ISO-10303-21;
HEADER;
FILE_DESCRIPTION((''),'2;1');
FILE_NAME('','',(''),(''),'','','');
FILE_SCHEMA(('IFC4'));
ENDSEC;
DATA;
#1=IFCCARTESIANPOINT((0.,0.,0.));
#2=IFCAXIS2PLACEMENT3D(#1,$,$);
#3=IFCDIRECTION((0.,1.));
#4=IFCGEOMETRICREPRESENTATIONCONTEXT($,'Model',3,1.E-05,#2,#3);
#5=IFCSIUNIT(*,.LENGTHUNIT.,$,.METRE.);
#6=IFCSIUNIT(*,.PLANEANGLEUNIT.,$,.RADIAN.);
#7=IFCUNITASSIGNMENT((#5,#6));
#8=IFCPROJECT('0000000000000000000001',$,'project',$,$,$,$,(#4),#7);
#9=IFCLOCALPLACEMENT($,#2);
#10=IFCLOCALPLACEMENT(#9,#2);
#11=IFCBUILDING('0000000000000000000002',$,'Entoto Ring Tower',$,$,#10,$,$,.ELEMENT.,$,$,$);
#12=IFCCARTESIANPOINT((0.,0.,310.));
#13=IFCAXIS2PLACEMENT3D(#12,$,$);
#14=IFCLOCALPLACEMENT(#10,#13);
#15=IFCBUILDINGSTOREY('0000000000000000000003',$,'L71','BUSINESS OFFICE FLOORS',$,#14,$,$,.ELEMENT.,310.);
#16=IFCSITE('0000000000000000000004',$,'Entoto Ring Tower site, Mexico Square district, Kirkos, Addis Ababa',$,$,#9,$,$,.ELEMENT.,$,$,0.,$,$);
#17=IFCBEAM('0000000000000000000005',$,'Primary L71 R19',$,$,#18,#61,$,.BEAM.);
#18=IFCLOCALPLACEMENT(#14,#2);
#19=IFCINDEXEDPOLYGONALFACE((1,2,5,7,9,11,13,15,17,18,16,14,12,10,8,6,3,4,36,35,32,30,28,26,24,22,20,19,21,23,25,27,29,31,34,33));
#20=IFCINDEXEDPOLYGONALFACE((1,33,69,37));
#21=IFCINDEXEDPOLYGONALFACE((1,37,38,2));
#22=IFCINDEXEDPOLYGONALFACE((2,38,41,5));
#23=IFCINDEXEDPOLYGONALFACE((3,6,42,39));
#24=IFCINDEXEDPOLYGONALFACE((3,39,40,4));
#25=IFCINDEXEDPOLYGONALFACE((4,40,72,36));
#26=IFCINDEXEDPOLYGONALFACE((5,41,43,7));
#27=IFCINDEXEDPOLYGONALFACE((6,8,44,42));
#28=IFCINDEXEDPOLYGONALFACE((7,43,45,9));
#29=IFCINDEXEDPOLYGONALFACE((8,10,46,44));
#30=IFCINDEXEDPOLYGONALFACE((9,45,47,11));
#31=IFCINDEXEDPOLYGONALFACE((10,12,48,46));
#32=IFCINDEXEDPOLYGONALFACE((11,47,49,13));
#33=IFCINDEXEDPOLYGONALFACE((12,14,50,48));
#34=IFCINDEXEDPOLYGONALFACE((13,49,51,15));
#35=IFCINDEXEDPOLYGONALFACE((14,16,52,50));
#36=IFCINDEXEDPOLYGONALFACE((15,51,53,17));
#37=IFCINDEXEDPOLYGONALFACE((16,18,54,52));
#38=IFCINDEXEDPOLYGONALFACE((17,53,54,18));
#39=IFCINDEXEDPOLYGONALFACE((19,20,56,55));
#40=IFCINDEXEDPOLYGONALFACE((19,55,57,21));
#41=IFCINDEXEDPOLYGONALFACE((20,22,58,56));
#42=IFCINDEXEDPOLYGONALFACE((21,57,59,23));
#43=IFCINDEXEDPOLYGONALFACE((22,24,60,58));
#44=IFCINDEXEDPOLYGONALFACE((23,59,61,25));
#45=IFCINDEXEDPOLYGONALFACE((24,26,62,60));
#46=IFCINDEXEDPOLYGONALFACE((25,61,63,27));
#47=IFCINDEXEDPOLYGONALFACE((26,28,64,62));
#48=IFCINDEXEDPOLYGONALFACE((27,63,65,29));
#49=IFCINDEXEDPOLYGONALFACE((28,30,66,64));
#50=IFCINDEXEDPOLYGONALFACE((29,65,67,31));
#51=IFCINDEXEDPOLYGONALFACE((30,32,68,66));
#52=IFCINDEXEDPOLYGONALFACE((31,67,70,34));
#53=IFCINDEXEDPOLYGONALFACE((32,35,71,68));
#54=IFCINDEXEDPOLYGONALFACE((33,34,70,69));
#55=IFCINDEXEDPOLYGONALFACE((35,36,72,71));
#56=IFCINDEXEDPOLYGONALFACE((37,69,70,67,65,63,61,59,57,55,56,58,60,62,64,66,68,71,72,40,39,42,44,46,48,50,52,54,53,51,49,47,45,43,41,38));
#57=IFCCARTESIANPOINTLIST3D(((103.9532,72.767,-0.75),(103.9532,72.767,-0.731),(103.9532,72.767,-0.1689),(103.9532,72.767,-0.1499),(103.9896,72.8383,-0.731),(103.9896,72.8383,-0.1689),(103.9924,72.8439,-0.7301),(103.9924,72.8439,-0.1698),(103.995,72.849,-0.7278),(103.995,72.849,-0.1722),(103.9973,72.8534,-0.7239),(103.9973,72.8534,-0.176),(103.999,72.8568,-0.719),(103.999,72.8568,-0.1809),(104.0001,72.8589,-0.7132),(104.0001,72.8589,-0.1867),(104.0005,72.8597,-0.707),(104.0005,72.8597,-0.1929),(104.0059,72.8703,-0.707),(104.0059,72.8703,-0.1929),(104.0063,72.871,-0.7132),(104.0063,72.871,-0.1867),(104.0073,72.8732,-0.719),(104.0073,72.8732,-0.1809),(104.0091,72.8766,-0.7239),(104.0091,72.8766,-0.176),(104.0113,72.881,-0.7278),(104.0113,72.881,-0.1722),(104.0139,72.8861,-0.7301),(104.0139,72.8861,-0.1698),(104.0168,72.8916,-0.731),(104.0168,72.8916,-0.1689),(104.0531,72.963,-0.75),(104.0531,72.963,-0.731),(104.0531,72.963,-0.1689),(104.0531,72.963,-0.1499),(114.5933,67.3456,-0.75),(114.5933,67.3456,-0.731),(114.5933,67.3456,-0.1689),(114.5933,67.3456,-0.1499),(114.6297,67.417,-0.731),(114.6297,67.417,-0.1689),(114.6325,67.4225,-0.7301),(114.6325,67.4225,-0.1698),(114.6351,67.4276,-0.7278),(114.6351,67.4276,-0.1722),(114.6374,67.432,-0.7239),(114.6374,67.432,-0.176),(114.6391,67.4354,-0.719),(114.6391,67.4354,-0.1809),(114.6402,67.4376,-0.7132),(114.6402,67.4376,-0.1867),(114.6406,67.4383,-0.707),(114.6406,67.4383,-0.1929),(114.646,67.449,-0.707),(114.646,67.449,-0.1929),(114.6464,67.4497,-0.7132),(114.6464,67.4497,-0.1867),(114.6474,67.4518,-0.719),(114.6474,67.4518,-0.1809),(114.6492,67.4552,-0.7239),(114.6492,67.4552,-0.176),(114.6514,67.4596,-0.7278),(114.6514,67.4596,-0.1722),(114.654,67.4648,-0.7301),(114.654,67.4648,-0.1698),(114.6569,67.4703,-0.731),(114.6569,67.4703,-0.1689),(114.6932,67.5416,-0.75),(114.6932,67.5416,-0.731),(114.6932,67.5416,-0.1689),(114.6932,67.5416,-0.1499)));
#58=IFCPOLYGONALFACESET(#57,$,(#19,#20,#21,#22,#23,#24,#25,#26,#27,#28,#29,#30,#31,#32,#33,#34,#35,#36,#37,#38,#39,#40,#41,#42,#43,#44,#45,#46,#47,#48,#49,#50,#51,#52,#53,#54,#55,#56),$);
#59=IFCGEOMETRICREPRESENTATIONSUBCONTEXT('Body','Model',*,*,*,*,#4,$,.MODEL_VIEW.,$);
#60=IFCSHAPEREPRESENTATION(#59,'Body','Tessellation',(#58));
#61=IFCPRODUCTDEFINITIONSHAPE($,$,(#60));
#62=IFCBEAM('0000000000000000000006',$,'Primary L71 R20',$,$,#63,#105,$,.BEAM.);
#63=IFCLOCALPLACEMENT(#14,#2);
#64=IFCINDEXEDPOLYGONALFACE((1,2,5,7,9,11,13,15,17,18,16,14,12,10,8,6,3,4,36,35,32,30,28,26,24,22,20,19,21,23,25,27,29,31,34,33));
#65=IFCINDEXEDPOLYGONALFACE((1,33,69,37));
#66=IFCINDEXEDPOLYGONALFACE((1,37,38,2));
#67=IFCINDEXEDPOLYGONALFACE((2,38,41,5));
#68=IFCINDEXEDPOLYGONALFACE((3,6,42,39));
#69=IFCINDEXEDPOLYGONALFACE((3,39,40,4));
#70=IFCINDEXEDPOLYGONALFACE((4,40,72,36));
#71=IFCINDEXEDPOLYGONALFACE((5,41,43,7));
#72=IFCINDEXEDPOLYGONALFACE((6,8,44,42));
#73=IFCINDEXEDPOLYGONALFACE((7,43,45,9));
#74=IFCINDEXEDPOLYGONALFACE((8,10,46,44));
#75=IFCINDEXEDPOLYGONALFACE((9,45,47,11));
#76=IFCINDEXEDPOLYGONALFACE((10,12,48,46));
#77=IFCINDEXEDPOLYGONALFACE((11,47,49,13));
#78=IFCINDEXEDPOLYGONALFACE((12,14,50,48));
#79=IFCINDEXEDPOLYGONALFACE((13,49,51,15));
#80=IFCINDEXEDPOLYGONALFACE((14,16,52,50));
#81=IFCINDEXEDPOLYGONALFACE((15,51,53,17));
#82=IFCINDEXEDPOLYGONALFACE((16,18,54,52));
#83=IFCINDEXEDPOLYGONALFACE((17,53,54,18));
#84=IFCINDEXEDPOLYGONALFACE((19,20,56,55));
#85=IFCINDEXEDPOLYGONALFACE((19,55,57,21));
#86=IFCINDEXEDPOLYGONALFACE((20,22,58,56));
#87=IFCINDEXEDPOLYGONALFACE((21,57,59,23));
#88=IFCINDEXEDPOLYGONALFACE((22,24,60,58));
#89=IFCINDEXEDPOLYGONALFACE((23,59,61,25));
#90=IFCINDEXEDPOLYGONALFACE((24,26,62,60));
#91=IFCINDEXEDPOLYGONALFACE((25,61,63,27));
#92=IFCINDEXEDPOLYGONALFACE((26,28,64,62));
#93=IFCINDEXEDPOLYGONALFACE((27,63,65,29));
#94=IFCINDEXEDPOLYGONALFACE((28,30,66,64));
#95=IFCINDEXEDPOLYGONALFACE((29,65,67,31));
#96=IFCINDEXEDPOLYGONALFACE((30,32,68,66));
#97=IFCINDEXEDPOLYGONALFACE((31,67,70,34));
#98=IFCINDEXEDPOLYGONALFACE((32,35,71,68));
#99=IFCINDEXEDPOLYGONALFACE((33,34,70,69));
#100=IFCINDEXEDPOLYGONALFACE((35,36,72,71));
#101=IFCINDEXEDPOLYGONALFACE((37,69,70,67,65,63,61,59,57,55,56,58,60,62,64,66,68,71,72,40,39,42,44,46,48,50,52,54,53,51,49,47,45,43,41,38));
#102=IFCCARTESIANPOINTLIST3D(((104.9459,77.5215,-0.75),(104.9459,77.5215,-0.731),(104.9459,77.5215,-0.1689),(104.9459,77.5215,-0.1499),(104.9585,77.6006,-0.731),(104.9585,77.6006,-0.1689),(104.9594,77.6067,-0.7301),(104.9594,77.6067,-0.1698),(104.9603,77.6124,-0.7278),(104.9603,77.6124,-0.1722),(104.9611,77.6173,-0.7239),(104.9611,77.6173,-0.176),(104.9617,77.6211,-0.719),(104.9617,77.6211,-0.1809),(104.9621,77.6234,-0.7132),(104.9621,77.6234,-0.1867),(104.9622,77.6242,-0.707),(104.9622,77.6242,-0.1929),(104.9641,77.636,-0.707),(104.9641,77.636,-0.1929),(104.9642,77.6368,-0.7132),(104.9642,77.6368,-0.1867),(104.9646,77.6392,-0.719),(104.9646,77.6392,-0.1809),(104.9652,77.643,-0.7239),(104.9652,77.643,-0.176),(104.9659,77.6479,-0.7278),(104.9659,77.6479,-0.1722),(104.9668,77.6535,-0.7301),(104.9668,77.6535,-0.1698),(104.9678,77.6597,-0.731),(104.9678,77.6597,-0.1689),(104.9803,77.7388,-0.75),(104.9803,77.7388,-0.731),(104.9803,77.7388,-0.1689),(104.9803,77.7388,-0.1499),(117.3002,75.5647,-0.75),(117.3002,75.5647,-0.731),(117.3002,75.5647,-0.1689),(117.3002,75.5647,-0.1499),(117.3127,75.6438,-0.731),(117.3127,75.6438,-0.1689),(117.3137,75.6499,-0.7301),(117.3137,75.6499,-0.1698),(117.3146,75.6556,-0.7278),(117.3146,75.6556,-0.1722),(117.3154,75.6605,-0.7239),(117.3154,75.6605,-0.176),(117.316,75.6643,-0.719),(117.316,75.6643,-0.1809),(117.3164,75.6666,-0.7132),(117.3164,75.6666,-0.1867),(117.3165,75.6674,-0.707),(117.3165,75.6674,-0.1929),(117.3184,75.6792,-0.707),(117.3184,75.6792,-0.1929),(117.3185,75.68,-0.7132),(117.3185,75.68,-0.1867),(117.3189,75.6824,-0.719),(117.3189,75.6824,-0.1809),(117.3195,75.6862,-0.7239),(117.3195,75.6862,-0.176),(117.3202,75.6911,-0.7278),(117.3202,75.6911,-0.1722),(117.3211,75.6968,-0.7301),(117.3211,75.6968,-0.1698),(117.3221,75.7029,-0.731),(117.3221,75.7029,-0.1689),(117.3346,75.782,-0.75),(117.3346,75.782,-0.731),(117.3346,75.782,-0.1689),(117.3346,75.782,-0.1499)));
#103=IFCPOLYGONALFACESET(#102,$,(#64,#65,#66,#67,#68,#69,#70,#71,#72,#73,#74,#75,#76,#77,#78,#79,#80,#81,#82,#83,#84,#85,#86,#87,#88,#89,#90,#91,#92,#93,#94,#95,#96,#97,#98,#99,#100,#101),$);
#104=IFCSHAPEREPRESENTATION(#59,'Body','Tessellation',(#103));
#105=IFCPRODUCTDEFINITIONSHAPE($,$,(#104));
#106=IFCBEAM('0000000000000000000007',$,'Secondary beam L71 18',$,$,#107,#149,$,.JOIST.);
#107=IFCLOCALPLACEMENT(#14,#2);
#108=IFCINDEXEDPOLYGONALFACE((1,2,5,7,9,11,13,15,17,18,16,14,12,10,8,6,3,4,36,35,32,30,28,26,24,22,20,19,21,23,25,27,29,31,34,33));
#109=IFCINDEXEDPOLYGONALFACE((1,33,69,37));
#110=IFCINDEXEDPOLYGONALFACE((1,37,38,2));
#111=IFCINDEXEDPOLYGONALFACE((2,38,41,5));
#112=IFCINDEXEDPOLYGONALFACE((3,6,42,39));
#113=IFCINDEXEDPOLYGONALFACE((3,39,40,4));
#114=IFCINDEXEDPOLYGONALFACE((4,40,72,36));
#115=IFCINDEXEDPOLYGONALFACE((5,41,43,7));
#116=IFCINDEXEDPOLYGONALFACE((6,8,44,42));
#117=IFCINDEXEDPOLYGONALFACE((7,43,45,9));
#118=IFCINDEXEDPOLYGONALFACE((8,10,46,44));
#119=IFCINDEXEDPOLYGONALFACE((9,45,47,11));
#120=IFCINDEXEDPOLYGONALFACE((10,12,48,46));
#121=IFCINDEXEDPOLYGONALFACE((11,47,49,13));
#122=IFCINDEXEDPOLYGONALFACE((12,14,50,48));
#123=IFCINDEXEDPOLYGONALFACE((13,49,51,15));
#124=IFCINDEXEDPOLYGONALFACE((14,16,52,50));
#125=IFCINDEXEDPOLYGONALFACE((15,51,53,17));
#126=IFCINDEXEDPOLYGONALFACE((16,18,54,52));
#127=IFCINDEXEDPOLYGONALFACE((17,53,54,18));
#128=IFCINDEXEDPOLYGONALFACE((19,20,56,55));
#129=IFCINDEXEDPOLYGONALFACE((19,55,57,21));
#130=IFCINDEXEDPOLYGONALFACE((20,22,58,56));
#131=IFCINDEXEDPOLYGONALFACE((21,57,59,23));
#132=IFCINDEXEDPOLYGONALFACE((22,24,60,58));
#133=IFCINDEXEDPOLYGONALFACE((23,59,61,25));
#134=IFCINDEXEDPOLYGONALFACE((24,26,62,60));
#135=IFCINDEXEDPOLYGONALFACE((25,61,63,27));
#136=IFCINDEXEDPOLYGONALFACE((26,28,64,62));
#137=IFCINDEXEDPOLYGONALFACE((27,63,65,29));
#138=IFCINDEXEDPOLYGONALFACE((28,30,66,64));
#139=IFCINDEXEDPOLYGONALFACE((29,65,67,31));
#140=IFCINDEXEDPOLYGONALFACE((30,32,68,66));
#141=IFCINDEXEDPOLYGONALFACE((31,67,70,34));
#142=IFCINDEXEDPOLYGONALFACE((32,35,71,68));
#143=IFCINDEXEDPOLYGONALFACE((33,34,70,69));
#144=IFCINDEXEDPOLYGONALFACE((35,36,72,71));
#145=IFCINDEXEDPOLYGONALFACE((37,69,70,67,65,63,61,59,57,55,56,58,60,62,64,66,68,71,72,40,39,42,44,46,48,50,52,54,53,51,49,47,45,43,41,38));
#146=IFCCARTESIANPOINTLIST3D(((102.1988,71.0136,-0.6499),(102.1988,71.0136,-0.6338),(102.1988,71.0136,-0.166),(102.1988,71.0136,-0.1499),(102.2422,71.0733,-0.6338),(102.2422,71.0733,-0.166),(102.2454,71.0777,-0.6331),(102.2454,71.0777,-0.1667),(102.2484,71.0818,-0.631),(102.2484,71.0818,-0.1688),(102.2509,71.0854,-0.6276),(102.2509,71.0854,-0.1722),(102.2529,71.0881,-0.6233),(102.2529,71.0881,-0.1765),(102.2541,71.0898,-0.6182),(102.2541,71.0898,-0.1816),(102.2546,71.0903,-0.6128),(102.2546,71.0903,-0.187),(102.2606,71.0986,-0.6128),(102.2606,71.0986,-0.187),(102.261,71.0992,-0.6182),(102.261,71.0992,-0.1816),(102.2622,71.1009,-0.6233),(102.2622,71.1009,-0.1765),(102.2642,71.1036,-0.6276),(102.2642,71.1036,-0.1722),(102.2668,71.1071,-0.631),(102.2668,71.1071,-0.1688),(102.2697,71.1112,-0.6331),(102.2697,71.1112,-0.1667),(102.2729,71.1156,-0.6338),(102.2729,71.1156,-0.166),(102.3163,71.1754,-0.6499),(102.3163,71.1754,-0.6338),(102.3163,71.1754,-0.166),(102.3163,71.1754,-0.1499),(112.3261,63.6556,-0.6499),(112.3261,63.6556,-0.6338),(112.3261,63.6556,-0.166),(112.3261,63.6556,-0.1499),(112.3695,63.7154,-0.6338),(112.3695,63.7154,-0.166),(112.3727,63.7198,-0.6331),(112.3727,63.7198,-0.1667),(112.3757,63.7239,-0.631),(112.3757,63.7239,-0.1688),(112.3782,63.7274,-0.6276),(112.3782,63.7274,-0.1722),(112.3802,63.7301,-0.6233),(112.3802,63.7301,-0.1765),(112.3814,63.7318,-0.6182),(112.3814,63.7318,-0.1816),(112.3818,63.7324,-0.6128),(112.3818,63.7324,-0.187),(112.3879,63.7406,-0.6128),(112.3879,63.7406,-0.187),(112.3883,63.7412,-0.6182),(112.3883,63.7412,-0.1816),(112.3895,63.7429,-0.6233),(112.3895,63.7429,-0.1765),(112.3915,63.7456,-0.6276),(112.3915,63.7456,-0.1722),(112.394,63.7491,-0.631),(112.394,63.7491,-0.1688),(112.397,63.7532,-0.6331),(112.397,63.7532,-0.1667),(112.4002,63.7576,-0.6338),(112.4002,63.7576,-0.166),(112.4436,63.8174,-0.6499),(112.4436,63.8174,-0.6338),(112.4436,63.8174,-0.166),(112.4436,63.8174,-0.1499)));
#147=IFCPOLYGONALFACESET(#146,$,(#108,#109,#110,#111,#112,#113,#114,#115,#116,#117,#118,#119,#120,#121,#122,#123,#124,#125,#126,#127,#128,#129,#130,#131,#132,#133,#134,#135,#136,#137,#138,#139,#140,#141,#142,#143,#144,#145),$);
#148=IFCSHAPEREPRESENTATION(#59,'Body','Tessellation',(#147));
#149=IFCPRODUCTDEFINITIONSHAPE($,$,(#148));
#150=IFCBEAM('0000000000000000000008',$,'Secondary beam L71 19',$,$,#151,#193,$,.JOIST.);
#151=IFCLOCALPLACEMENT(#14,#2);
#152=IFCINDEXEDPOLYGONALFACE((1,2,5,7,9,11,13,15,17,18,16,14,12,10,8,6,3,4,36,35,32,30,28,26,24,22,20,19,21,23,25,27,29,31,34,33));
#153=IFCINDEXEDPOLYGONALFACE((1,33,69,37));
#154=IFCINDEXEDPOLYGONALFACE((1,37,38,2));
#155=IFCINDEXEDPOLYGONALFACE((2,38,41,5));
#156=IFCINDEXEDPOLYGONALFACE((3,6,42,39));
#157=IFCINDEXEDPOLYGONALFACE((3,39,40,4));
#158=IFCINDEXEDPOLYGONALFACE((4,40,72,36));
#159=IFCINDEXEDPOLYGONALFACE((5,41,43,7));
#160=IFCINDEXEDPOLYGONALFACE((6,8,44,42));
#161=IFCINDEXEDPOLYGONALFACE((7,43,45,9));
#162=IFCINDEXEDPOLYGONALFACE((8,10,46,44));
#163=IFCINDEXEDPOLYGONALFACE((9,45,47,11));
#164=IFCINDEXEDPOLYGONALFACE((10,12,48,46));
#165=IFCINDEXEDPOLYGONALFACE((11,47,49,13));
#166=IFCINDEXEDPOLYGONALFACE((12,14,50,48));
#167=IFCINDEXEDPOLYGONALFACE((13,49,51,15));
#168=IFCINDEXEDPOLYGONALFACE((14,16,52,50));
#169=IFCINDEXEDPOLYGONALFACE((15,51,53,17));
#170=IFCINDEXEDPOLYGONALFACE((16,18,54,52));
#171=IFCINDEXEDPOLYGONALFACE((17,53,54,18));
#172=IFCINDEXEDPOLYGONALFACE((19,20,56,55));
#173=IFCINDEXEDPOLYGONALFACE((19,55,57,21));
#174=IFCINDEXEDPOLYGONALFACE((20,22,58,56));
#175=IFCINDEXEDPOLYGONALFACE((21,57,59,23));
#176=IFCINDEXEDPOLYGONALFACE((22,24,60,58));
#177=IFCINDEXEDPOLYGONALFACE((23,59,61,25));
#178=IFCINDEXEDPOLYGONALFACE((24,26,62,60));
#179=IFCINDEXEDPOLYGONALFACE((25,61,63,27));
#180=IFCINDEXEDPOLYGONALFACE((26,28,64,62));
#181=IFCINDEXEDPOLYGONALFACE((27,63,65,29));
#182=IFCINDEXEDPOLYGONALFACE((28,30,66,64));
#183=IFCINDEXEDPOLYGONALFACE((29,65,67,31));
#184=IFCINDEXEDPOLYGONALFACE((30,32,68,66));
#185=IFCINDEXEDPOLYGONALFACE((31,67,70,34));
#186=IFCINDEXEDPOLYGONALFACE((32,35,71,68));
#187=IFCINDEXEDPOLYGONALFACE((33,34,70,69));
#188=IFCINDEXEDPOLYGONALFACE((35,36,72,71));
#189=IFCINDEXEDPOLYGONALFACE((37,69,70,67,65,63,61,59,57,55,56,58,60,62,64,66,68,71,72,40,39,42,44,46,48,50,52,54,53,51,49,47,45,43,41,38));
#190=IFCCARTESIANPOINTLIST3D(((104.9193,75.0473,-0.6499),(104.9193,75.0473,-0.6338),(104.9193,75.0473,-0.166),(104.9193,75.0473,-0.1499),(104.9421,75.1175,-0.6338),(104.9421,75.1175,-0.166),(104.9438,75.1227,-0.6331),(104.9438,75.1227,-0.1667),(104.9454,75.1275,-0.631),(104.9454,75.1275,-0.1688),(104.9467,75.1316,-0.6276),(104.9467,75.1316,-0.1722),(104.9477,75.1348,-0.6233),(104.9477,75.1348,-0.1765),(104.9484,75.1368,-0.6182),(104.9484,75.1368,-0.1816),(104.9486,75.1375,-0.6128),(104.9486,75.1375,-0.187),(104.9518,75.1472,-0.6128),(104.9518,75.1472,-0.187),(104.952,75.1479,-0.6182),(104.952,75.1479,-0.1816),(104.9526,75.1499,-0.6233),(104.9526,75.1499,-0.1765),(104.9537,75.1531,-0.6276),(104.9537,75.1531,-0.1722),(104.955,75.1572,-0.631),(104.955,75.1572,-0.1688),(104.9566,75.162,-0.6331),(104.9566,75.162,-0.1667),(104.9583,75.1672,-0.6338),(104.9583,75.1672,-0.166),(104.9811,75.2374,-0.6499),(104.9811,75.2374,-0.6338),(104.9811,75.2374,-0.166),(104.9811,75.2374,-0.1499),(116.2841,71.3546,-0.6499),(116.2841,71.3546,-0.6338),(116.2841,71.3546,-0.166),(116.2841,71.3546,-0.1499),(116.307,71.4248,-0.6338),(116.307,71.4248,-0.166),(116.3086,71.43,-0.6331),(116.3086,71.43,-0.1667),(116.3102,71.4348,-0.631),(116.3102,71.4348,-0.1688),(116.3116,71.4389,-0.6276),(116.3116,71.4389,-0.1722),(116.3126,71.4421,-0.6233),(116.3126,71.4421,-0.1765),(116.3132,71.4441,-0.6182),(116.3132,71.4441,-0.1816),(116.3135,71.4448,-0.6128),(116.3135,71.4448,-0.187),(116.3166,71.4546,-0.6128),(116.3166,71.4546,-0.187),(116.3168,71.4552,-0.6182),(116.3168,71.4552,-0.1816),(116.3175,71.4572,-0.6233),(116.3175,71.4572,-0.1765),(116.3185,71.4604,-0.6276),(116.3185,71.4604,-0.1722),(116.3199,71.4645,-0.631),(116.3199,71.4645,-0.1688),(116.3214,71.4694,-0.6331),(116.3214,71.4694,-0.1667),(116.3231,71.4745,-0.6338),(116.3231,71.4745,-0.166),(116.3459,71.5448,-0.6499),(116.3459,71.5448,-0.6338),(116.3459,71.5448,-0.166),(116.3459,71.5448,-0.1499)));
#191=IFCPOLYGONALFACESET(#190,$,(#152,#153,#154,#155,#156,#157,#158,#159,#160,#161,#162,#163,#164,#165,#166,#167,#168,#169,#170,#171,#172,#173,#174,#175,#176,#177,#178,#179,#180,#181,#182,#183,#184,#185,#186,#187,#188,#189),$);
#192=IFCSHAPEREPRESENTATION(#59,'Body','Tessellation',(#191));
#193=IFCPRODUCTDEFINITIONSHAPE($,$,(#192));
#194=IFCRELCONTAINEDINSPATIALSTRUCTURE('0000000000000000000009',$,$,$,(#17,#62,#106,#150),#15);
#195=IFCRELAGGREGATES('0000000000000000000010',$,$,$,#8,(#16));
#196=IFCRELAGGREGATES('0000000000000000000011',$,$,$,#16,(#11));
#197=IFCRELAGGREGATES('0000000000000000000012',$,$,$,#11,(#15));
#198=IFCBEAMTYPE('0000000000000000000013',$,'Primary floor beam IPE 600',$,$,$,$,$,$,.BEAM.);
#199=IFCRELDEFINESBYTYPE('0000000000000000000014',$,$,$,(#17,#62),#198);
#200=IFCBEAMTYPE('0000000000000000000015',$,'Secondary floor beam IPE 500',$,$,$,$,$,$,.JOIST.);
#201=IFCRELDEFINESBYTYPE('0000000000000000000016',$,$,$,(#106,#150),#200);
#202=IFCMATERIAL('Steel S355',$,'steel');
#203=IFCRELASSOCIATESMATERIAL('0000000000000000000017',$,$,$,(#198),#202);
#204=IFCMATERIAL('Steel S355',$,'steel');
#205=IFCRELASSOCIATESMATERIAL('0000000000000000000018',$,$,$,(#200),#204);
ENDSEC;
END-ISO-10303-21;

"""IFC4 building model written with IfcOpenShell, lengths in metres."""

from ifc_helpers import new_model, si_unit, direction, frame, origin, origin_2d, place, context, subcontext, project, spatial, i_section, extrude, material, material_profile, profile_set, type_object, element, save


model = new_model("IFC4")

# Units and contexts
model_context = context("Model", 3, precision=1e-05, world=origin(), true_north=direction((0.0, 1.0)))
body_context = subcontext(model_context, "Body", "Model", "MODEL_VIEW")
ifc_project = project(units=[si_unit("LENGTHUNIT", "METRE"), si_unit("PLANEANGLEUNIT", "RADIAN")], contexts=[model_context])

# Site, building, storey
site_placement = place(None, origin())
site = spatial("IfcSite", under=ifc_project, at=site_placement, Name="Entoto Ring Tower site, Mexico Square district, Kirkos, Addis Ababa", CompositionType="ELEMENT", RefElevation=0.0)
building_placement = place(site_placement, origin())
building = spatial("IfcBuilding", under=site, at=building_placement, Name="Entoto Ring Tower", CompositionType="ELEMENT")
storey_placement = place(building_placement, frame((0.0, 0.0, 310.0)))
storey = spatial("IfcBuildingStorey", under=building, at=storey_placement, Name="L71", Description="BUSINESS OFFICE FLOORS", CompositionType="ELEMENT", Elevation=310.0)

# Beams
ifc_material_1 = material(Name="Steel S355", Category="steel")
ifc_material_profile_1 = material_profile(ifc_material_1, i_section(OverallWidth=0.22, OverallDepth=0.6001, WebThickness=0.012, FlangeThickness=0.019, FilletRadius=0.0239, at=origin_2d()), Name="IPE 600")
ifc_profile_set_1 = profile_set([ifc_material_profile_1], Name="Steel S355")
beam_type_1 = type_object("IfcBeamType", Name="Primary floor beam IPE 600", PredefinedType="BEAM", material=ifc_profile_set_1)
beam_1_placement = place(storey_placement, frame((104.0032, 72.865, -0.45), z_axis=(0.891008, -0.453988, 0.0), x_axis=(0.453988, 0.891008, 0.0)))
element("IfcBeam", 1, at=beam_1_placement, inside=storey, type_object=beam_type_1, Name="Primary L71 R19", PredefinedType="BEAM", context=body_context, shape_type="SweptSolid", body=[
    extrude(i_section(OverallWidth=0.22, OverallDepth=0.6001, WebThickness=0.012, FlangeThickness=0.019, FilletRadius=0.0239, at=origin_2d()), origin(), (0.0, 0.0, 1.0), 11.9417),
])
beam_2_placement = place(storey_placement, frame((104.9631, 77.6301, -0.45), z_axis=(0.987688, -0.15644, 0.0), x_axis=(0.15644, 0.987688, 0.0)))
element("IfcBeam", 2, at=beam_2_placement, inside=storey, type_object=beam_type_1, Name="Primary L71 R20", PredefinedType="BEAM", context=body_context, shape_type="SweptSolid", body=[
    extrude(i_section(OverallWidth=0.22, OverallDepth=0.6001, WebThickness=0.012, FlangeThickness=0.019, FilletRadius=0.0239, at=origin_2d()), origin(), (0.0, 0.0, 1.0), 12.5083),
])
ifc_material_2 = material(Name="Steel S355", Category="steel")
ifc_material_profile_2 = material_profile(ifc_material_2, i_section(OverallWidth=0.2, OverallDepth=0.5, WebThickness=0.0103, FlangeThickness=0.0161, FilletRadius=0.021, at=origin_2d()), Name="IPE 500")
ifc_profile_set_2 = profile_set([ifc_material_profile_2], Name="Steel S355")
beam_type_2 = type_object("IfcBeamType", Name="Secondary floor beam IPE 500", PredefinedType="JOIST", material=ifc_profile_set_2)
beam_3_placement = place(storey_placement, frame((102.2576, 71.0945, -0.3999), z_axis=(0.809014, -0.587789, 0.0), x_axis=(0.587789, 0.809014, 0.0)))
element("IfcBeam", 3, at=beam_3_placement, inside=storey, type_object=beam_type_2, Name="Secondary beam L71 18", PredefinedType="JOIST", context=body_context, shape_type="SweptSolid", body=[
    extrude(i_section(OverallWidth=0.2, OverallDepth=0.5, WebThickness=0.0103, FlangeThickness=0.0161, FilletRadius=0.021, at=origin_2d()), origin(), (0.0, 0.0, 1.0), 12.5181),
])
beam_4_placement = place(storey_placement, frame((104.9502, 75.1423, -0.3999), z_axis=(0.951057, -0.309017, 0.0), x_axis=(0.309017, 0.951057, 0.0)))
element("IfcBeam", 4, at=beam_4_placement, inside=storey, type_object=beam_type_2, Name="Secondary beam L71 19", PredefinedType="JOIST", context=body_context, shape_type="SweptSolid", body=[
    extrude(i_section(OverallWidth=0.2, OverallDepth=0.5, WebThickness=0.0103, FlangeThickness=0.0161, FilletRadius=0.021, at=origin_2d()), origin(), (0.0, 0.0, 1.0), 11.9497),
])

save(model, "model.ifc")
